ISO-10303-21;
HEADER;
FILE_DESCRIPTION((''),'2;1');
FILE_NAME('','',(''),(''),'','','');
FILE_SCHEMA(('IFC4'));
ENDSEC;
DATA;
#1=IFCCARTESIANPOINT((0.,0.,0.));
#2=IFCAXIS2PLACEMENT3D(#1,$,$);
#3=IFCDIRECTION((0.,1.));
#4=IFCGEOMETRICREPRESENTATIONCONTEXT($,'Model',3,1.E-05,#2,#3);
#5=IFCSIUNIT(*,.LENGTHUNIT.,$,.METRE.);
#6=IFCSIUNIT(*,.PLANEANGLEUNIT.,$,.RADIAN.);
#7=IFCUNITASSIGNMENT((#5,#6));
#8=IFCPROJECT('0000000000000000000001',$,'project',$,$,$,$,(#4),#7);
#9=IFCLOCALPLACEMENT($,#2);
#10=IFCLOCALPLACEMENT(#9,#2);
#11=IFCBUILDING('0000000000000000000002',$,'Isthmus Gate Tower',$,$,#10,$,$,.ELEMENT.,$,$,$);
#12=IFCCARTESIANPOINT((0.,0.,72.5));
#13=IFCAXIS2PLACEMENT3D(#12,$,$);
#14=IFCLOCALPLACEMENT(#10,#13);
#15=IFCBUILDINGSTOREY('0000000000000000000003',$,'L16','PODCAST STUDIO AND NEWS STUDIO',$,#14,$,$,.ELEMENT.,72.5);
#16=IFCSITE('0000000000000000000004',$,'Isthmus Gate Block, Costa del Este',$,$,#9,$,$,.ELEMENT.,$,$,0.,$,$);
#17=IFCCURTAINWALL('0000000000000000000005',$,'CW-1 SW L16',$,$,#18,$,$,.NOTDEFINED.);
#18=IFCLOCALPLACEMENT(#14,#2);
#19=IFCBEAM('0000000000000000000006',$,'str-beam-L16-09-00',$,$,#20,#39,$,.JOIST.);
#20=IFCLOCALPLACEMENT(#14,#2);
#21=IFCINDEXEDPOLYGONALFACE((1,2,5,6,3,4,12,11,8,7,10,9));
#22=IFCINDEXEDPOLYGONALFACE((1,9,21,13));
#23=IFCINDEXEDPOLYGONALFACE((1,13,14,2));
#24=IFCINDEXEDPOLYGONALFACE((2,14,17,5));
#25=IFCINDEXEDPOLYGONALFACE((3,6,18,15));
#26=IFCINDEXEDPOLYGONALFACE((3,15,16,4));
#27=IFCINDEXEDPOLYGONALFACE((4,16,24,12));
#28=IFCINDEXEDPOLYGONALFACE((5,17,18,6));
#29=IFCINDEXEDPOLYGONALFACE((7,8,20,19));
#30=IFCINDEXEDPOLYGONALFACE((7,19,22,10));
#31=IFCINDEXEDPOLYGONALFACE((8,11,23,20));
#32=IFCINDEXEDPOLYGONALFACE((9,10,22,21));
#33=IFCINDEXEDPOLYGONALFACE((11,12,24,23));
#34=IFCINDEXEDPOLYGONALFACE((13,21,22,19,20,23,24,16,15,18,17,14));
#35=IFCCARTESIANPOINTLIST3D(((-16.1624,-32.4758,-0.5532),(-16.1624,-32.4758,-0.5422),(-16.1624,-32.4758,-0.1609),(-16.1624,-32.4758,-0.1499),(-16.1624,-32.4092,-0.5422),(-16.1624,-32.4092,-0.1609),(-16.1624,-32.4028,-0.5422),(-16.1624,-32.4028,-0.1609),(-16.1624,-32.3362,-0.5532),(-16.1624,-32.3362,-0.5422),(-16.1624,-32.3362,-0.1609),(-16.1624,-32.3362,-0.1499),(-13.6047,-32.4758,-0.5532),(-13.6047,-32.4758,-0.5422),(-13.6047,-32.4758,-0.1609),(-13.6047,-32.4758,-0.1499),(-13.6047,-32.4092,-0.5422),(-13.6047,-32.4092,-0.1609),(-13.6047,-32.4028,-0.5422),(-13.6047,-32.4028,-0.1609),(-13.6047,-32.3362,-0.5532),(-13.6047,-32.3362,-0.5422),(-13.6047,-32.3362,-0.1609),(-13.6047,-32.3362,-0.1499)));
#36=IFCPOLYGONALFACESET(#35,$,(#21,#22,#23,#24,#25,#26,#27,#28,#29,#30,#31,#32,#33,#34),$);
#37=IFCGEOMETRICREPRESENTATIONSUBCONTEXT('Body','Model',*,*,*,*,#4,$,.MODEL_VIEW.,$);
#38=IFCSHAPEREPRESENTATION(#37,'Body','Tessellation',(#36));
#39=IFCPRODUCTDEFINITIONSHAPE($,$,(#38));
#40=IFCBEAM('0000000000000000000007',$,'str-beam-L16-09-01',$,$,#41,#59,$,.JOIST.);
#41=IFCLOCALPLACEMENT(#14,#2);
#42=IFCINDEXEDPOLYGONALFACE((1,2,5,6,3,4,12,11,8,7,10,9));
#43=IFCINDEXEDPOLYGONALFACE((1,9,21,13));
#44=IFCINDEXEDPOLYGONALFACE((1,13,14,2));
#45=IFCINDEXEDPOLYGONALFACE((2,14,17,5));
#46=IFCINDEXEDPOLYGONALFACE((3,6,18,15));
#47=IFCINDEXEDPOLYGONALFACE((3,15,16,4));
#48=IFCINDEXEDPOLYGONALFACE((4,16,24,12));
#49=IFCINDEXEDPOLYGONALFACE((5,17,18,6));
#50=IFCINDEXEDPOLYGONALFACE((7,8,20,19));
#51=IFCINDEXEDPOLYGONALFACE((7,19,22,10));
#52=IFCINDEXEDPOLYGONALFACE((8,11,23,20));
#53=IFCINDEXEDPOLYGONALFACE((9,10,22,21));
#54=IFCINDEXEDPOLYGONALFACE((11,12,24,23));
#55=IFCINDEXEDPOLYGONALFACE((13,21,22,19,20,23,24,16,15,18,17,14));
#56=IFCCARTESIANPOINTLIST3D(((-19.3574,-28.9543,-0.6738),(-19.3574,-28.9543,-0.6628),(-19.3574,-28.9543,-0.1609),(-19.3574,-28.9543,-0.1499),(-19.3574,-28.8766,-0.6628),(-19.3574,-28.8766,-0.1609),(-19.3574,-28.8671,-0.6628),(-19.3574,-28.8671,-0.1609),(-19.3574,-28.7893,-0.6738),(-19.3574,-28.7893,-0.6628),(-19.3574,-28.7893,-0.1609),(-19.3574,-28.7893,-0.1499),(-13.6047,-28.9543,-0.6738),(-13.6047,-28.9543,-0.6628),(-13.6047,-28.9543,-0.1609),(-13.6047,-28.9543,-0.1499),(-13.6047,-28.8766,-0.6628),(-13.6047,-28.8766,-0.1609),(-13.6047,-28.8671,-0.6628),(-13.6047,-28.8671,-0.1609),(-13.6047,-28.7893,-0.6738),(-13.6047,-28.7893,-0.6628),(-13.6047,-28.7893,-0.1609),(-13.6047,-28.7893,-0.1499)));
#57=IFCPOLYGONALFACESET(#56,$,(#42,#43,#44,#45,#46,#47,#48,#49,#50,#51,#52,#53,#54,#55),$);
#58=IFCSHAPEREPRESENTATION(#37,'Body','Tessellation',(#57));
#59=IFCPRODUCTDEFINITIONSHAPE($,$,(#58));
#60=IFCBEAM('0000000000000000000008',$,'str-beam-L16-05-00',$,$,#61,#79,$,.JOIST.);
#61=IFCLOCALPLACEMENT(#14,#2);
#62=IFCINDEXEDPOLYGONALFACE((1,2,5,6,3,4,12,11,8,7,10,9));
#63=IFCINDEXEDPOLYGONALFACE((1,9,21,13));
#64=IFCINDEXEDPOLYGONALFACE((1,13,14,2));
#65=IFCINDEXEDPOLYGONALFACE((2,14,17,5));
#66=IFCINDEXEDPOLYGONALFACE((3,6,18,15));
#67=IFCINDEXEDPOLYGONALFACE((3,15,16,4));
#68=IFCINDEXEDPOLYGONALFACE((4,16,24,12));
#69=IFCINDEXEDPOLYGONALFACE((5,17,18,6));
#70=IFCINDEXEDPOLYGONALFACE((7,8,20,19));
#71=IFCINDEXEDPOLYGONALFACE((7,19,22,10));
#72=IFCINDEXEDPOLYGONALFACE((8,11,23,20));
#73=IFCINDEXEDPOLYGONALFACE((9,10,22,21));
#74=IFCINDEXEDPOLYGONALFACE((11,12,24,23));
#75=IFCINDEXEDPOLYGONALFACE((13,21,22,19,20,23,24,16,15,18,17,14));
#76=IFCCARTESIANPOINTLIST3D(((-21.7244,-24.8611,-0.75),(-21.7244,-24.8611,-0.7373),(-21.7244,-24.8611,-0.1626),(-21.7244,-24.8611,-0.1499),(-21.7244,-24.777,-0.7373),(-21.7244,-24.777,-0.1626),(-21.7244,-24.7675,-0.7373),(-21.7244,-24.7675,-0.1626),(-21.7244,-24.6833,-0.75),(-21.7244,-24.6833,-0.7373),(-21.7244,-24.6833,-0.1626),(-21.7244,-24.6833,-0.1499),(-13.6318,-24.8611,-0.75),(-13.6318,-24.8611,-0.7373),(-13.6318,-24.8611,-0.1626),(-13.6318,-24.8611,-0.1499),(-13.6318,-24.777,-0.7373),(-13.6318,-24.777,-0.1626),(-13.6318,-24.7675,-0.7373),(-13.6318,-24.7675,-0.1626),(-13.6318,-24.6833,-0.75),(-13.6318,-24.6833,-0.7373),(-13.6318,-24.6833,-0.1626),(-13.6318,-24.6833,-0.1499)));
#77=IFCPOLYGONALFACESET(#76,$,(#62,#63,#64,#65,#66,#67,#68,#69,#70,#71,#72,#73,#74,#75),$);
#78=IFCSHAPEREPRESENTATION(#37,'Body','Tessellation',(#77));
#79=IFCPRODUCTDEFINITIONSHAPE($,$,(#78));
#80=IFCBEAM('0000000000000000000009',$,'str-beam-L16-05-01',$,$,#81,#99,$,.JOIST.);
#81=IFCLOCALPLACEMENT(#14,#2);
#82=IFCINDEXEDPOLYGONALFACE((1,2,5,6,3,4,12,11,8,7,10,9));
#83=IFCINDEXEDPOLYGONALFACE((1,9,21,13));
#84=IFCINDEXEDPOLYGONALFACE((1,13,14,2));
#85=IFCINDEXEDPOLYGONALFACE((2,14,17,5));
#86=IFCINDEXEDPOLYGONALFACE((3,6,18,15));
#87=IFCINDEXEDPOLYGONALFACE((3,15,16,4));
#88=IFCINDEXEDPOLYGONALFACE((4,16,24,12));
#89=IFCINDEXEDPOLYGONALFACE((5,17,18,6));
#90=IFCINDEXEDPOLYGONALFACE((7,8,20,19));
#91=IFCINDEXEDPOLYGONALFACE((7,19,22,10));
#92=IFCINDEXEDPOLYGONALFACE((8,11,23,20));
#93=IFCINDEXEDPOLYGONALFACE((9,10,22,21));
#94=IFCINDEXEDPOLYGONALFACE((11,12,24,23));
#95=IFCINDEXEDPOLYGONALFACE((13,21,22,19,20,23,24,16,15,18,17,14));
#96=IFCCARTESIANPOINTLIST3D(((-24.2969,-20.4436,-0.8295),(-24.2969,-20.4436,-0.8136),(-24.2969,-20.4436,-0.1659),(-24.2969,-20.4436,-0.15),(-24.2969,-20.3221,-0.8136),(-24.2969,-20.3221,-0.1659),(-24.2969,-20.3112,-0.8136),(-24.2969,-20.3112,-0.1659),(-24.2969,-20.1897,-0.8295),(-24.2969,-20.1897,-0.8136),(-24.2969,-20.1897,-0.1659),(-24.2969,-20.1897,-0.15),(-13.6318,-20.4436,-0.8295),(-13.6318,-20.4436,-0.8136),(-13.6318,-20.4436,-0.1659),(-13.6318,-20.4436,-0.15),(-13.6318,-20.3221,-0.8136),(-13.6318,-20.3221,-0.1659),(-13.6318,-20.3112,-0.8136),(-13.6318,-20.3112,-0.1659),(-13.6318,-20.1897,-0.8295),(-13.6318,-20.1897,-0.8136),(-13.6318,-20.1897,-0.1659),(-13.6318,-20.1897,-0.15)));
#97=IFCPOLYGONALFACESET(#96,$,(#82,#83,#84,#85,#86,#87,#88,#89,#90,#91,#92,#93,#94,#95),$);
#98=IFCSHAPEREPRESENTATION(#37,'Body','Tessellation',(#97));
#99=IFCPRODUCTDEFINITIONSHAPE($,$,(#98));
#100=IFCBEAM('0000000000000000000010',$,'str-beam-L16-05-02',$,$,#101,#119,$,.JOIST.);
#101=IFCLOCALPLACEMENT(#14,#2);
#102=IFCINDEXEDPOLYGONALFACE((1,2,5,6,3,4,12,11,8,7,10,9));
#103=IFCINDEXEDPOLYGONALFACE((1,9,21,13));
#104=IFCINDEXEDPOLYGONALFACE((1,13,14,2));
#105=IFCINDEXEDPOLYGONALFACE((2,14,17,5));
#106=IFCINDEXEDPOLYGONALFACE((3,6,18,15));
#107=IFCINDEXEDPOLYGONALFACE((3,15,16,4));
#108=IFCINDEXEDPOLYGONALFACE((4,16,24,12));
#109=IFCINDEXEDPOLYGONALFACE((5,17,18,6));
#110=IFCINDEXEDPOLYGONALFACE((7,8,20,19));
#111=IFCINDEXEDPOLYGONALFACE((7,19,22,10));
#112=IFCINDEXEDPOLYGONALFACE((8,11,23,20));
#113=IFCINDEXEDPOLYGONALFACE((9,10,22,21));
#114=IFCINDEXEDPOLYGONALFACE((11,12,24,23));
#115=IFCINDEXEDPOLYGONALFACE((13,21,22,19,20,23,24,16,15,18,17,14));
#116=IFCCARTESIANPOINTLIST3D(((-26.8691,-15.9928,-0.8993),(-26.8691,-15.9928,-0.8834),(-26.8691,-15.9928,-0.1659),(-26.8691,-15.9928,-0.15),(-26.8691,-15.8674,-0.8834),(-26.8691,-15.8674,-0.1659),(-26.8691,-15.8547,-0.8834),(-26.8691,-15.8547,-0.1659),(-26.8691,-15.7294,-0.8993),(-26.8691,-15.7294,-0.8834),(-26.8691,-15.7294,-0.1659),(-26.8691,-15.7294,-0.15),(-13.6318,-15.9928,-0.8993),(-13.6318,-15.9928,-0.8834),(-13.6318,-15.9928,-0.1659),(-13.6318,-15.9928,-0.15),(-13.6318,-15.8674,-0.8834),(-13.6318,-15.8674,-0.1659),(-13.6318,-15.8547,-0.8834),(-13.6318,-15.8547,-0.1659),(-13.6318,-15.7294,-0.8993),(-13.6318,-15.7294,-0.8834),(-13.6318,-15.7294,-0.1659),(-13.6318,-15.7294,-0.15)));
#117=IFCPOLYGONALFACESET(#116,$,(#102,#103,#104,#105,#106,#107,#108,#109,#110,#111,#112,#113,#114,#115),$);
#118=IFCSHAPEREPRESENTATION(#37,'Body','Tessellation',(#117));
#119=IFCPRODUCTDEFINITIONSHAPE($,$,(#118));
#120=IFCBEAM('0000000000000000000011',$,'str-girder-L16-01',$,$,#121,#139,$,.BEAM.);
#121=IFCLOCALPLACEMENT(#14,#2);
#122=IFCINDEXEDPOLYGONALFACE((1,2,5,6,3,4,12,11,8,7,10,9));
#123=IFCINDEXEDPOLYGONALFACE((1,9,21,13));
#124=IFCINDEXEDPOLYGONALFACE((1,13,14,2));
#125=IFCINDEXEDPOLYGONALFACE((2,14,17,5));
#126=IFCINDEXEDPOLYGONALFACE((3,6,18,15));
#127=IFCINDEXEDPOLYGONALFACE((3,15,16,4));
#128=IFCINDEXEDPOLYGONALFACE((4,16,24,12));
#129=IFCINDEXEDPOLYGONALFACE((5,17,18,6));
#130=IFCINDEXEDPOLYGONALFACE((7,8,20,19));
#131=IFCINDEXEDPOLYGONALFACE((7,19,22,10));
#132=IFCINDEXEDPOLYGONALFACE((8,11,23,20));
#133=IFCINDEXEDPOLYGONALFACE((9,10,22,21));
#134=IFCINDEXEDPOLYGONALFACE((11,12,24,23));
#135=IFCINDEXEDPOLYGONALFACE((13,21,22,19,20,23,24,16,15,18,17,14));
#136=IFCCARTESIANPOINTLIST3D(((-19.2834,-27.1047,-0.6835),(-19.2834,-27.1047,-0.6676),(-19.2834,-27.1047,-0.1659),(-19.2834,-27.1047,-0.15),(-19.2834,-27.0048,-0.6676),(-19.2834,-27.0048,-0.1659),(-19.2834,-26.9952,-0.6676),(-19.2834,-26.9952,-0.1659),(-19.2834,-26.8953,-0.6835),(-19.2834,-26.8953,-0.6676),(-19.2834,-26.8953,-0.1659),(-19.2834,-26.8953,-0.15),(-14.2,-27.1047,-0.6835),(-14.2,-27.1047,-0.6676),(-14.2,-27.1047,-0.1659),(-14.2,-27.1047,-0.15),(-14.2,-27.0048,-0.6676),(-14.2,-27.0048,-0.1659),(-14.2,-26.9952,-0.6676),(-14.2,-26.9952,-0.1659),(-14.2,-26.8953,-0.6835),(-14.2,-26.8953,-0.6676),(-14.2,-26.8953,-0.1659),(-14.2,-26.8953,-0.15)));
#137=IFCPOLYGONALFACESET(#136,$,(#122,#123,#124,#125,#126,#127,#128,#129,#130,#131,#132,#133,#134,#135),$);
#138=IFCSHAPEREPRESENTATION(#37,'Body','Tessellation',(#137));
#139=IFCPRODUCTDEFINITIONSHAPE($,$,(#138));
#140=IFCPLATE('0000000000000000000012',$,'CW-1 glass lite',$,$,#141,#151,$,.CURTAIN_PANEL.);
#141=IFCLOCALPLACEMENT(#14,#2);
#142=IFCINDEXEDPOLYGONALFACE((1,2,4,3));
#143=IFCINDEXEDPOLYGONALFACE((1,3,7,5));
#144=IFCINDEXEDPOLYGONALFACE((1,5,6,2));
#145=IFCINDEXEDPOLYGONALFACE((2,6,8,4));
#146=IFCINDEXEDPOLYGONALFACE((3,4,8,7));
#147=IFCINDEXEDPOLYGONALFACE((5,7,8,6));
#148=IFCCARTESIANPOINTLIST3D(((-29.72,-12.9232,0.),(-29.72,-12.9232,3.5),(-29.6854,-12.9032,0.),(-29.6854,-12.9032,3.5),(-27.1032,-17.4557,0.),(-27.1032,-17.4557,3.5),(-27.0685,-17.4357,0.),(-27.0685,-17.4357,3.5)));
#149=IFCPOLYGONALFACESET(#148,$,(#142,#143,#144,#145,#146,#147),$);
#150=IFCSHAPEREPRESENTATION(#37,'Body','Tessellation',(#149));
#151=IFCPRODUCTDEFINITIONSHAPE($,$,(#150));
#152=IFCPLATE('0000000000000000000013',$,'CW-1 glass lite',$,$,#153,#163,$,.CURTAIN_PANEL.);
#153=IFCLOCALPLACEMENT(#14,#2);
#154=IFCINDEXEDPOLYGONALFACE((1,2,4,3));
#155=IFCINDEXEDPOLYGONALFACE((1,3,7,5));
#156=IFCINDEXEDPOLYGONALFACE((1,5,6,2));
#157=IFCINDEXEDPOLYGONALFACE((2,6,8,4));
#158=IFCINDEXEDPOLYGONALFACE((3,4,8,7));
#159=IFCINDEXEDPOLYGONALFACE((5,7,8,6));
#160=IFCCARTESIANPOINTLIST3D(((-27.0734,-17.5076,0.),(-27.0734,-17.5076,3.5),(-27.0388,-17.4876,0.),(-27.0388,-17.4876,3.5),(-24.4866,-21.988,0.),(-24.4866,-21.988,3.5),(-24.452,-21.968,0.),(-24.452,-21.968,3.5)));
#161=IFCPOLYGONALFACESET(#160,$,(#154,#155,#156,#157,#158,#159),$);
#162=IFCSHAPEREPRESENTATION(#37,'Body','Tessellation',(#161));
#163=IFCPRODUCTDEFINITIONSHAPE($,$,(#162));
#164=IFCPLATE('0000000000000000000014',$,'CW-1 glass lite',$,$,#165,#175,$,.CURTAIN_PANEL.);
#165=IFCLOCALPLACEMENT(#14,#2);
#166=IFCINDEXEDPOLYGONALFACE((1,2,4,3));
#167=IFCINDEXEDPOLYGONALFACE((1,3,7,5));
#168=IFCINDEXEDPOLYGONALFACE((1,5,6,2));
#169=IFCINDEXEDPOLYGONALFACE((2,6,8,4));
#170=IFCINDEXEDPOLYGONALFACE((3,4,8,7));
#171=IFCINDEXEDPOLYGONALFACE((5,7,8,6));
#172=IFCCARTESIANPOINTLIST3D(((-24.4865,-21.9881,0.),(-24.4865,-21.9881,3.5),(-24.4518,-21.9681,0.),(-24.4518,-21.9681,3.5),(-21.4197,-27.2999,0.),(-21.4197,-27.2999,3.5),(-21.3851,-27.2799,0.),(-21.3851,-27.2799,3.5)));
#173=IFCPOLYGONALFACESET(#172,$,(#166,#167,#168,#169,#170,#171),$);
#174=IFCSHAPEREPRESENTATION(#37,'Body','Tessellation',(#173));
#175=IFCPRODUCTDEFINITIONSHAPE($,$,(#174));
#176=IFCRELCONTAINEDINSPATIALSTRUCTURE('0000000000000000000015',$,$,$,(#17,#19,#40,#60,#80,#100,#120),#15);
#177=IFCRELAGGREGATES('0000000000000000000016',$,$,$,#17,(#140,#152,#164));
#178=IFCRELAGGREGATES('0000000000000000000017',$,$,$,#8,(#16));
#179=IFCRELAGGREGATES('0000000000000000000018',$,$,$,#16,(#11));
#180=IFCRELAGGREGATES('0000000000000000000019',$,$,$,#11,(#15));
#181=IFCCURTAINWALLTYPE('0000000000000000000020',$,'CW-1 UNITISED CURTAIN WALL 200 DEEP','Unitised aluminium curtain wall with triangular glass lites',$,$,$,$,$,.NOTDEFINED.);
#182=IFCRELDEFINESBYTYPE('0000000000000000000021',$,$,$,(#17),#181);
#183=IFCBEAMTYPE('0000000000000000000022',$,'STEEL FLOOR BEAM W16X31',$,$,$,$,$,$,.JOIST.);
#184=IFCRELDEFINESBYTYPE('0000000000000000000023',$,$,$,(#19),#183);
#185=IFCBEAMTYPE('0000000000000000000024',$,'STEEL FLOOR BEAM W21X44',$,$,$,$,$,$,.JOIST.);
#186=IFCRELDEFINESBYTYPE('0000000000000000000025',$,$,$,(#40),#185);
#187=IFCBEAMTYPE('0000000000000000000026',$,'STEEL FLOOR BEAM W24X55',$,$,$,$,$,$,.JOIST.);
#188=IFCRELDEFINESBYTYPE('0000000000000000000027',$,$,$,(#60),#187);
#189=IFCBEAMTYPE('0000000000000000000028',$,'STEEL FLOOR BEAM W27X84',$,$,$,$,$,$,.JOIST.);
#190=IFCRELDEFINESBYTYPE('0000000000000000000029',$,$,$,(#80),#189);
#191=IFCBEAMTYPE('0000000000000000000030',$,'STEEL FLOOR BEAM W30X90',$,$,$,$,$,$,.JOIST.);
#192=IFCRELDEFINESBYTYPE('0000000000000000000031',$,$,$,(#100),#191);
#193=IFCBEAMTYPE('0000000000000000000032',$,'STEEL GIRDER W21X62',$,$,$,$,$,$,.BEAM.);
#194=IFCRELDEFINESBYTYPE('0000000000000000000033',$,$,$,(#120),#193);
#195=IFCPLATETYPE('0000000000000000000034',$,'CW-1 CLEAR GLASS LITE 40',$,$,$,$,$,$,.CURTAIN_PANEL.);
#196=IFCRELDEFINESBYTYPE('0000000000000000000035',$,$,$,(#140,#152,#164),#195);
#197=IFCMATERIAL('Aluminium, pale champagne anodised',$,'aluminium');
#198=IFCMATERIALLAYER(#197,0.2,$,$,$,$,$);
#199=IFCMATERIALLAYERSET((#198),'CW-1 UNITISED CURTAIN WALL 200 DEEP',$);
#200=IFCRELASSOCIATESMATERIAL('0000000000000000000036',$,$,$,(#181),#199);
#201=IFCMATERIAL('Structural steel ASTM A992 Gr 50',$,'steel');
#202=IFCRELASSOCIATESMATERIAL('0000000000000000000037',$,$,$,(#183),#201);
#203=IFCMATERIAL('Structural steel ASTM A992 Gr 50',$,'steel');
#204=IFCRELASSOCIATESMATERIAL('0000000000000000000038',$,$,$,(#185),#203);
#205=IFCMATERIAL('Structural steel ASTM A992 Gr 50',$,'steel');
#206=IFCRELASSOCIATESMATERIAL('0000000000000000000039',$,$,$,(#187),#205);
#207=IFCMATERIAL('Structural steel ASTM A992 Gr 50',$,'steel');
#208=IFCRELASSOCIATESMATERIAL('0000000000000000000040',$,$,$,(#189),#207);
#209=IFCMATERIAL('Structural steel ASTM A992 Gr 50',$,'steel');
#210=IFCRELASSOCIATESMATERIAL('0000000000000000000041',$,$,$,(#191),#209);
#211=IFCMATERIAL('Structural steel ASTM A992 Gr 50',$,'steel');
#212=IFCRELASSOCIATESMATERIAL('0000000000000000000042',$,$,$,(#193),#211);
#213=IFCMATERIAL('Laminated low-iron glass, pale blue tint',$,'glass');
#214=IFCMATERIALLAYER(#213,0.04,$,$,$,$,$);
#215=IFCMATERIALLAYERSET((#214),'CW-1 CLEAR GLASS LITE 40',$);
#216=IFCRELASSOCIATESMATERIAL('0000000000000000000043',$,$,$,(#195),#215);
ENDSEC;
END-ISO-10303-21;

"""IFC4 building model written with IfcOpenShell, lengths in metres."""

from ifc_helpers import new_model, si_unit, direction, frame, origin, origin_2d, place, context, subcontext, project, spatial, rectangle, i_section, extrude, material, layer, layer_set, material_profile, profile_set, type_object, element, aggregate, save


model = new_model("IFC4")

# Units and contexts
model_context = context("Model", 3, precision=1e-05, world=origin(), true_north=direction((0.0, 1.0)))
body_context = subcontext(model_context, "Body", "Model", "MODEL_VIEW")
ifc_project = project(units=[si_unit("LENGTHUNIT", "METRE"), si_unit("PLANEANGLEUNIT", "RADIAN")], contexts=[model_context])

# Site, building, storey
site_placement = place(None, origin())
site = spatial("IfcSite", under=ifc_project, at=site_placement, Name="Isthmus Gate Block, Costa del Este", CompositionType="ELEMENT", RefElevation=0.0)
building_placement = place(site_placement, origin())
building = spatial("IfcBuilding", under=site, at=building_placement, Name="Isthmus Gate Tower", CompositionType="ELEMENT")
storey_placement = place(building_placement, frame((0.0, 0.0, 72.5)))
storey = spatial("IfcBuildingStorey", under=building, at=storey_placement, Name="L16", Description="PODCAST STUDIO AND NEWS STUDIO", CompositionType="ELEMENT", Elevation=72.5)

# Curtain wall
ifc_material_1 = material(Name="Aluminium, pale champagne anodised", Category="aluminium")
ifc_layer_1 = layer(ifc_material_1, 0.2)
ifc_layer_set_1 = layer_set([ifc_layer_1], Name="CW-1 UNITISED CURTAIN WALL 200 DEEP")
curtain_wall_type = type_object("IfcCurtainWallType", Name="CW-1 UNITISED CURTAIN WALL 200 DEEP", Description="Unitised aluminium curtain wall with triangular glass lites", PredefinedType="NOTDEFINED", material=ifc_layer_set_1)
curtain_wall_1_placement = place(storey_placement, origin())
curtain_wall_1 = element("IfcCurtainWall", 1, at=curtain_wall_1_placement, inside=storey, type_object=curtain_wall_type, Name="CW-1 SW L16", PredefinedType="NOTDEFINED")

# Beams
ifc_material_2 = material(Name="Structural steel ASTM A992 Gr 50", Category="steel")
ifc_material_profile_1 = material_profile(ifc_material_2, i_section(OverallWidth=0.1396, OverallDepth=0.4033, WebThickness=0.0063, FlangeThickness=0.011, at=origin_2d()), Name="W16X31")
ifc_profile_set_1 = profile_set([ifc_material_profile_1], Name="Structural steel ASTM A992 Gr 50")
beam_type_1 = type_object("IfcBeamType", Name="STEEL FLOOR BEAM W16X31", PredefinedType="JOIST", material=ifc_profile_set_1)
beam_1_placement = place(storey_placement, frame((-16.1624, -32.406, -0.3516), z_axis=(1.0, 0.0, 0.0), x_axis=(0.0, 1.0, 0.0)))
element("IfcBeam", 2, at=beam_1_placement, inside=storey, type_object=beam_type_1, Name="str-beam-L16-09-00", PredefinedType="JOIST", context=body_context, shape_type="SweptSolid", body=[
    extrude(i_section(OverallWidth=0.1396, OverallDepth=0.4033, WebThickness=0.0063, FlangeThickness=0.011, at=origin_2d()), origin(), (0.0, 0.0, 1.0), 2.5576),
])
ifc_material_3 = material(Name="Structural steel ASTM A992 Gr 50", Category="steel")
ifc_material_profile_2 = material_profile(ifc_material_3, i_section(OverallWidth=0.165, OverallDepth=0.5239, WebThickness=0.0095, FlangeThickness=0.011, at=origin_2d()), Name="W21X44")
ifc_profile_set_2 = profile_set([ifc_material_profile_2], Name="Structural steel ASTM A992 Gr 50")
beam_type_2 = type_object("IfcBeamType", Name="STEEL FLOOR BEAM W21X44", PredefinedType="JOIST", material=ifc_profile_set_2)
beam_2_placement = place(storey_placement, frame((-19.3574, -28.8718, -0.4119), z_axis=(1.0, 0.0, 0.0), x_axis=(0.0, 1.0, 0.0)))
element("IfcBeam", 3, at=beam_2_placement, inside=storey, type_object=beam_type_2, Name="str-beam-L16-09-01", PredefinedType="JOIST", context=body_context, shape_type="SweptSolid", body=[
    extrude(i_section(OverallWidth=0.165, OverallDepth=0.5239, WebThickness=0.0095, FlangeThickness=0.011, at=origin_2d()), origin(), (0.0, 0.0, 1.0), 5.7527),
])
ifc_material_4 = material(Name="Structural steel ASTM A992 Gr 50", Category="steel")
ifc_material_profile_3 = material_profile(ifc_material_4, i_section(OverallWidth=0.1777, OverallDepth=0.6001, WebThickness=0.0095, FlangeThickness=0.0127, at=origin_2d()), Name="W24X55")
ifc_profile_set_3 = profile_set([ifc_material_profile_3], Name="Structural steel ASTM A992 Gr 50")
beam_type_3 = type_object("IfcBeamType", Name="STEEL FLOOR BEAM W24X55", PredefinedType="JOIST", material=ifc_profile_set_3)
beam_3_placement = place(storey_placement, frame((-21.7244, -24.7722, -0.45), z_axis=(1.0, 0.0, 0.0), x_axis=(0.0, 1.0, 0.0)))
element("IfcBeam", 4, at=beam_3_placement, inside=storey, type_object=beam_type_3, Name="str-beam-L16-05-00", PredefinedType="JOIST", context=body_context, shape_type="SweptSolid", body=[
    extrude(i_section(OverallWidth=0.1777, OverallDepth=0.6001, WebThickness=0.0095, FlangeThickness=0.0127, at=origin_2d()), origin(), (0.0, 0.0, 1.0), 8.0925),
])
ifc_material_5 = material(Name="Structural steel ASTM A992 Gr 50", Category="steel")
ifc_material_profile_4 = material_profile(ifc_material_5, i_section(OverallWidth=0.2539, OverallDepth=0.6794, WebThickness=0.011, FlangeThickness=0.0159, at=origin_2d()), Name="W27X84")
ifc_profile_set_4 = profile_set([ifc_material_profile_4], Name="Structural steel ASTM A992 Gr 50")
beam_type_4 = type_object("IfcBeamType", Name="STEEL FLOOR BEAM W27X84", PredefinedType="JOIST", material=ifc_profile_set_4)
beam_4_placement = place(storey_placement, frame((-24.2969, -20.3167, -0.4897), z_axis=(1.0, 0.0, 0.0), x_axis=(0.0, 1.0, 0.0)))
element("IfcBeam", 5, at=beam_4_placement, inside=storey, type_object=beam_type_4, Name="str-beam-L16-05-01", PredefinedType="JOIST", context=body_context, shape_type="SweptSolid", body=[
    extrude(i_section(OverallWidth=0.2539, OverallDepth=0.6794, WebThickness=0.011, FlangeThickness=0.0159, at=origin_2d()), origin(), (0.0, 0.0, 1.0), 10.665),
])
ifc_material_6 = material(Name="Structural steel ASTM A992 Gr 50", Category="steel")
ifc_material_profile_5 = material_profile(ifc_material_6, i_section(OverallWidth=0.2634, OverallDepth=0.7493, WebThickness=0.0127, FlangeThickness=0.0159, at=origin_2d()), Name="W30X90")
ifc_profile_set_5 = profile_set([ifc_material_profile_5], Name="Structural steel ASTM A992 Gr 50")
beam_type_5 = type_object("IfcBeamType", Name="STEEL FLOOR BEAM W30X90", PredefinedType="JOIST", material=ifc_profile_set_5)
beam_5_placement = place(storey_placement, frame((-26.8691, -15.8611, -0.5247), z_axis=(1.0, 0.0, 0.0), x_axis=(0.0, 1.0, 0.0)))
element("IfcBeam", 6, at=beam_5_placement, inside=storey, type_object=beam_type_5, Name="str-beam-L16-05-02", PredefinedType="JOIST", context=body_context, shape_type="SweptSolid", body=[
    extrude(i_section(OverallWidth=0.2634, OverallDepth=0.7493, WebThickness=0.0127, FlangeThickness=0.0159, at=origin_2d()), origin(), (0.0, 0.0, 1.0), 13.2373),
])
ifc_material_7 = material(Name="Structural steel ASTM A992 Gr 50", Category="steel")
ifc_material_profile_6 = material_profile(ifc_material_7, i_section(OverallWidth=0.2095, OverallDepth=0.5334, WebThickness=0.0095, FlangeThickness=0.0159, at=origin_2d()), Name="W21X62")
ifc_profile_set_6 = profile_set([ifc_material_profile_6], Name="Structural steel ASTM A992 Gr 50")
beam_type_6 = type_object("IfcBeamType", Name="STEEL GIRDER W21X62", PredefinedType="BEAM", material=ifc_profile_set_6)
beam_6_placement = place(storey_placement, frame((-19.2834, -27.0, -0.4167), z_axis=(1.0, 0.0, 0.0), x_axis=(0.0, 1.0, 0.0)))
element("IfcBeam", 7, at=beam_6_placement, inside=storey, type_object=beam_type_6, Name="str-girder-L16-01", PredefinedType="BEAM", context=body_context, shape_type="SweptSolid", body=[
    extrude(i_section(OverallWidth=0.2095, OverallDepth=0.5334, WebThickness=0.0095, FlangeThickness=0.0159, at=origin_2d()), origin(), (0.0, 0.0, 1.0), 5.0835),
])

# Plates
ifc_material_8 = material(Name="Laminated low-iron glass, pale blue tint", Category="glass")
ifc_layer_2 = layer(ifc_material_8, 0.04)
ifc_layer_set_2 = layer_set([ifc_layer_2], Name="CW-1 CLEAR GLASS LITE 40")
plate_type = type_object("IfcPlateType", Name="CW-1 CLEAR GLASS LITE 40", PredefinedType="CURTAIN_PANEL", material=ifc_layer_set_2)
plate_1_placement = place(storey_placement, frame((-28.3943, -15.1794, 0.0), z_axis=(0.0, 0.0, 1.0), x_axis=(0.5, -0.866025, 0.0)))
plate_1 = element("IfcPlate", 8, at=plate_1_placement, type_object=plate_type, Name="CW-1 glass lite", PredefinedType="CURTAIN_PANEL", context=body_context, shape_type="SweptSolid", body=[
    extrude(rectangle(XDim=5.2336, YDim=0.04, at=origin_2d()), origin(), (0.0, 0.0, 1.0), 3.5),
])
plate_2_placement = place(storey_placement, frame((-25.7627, -19.7378, 0.0), z_axis=(0.0, 0.0, 1.0), x_axis=(0.5, -0.866025, 0.0)))
plate_2 = element("IfcPlate", 9, at=plate_2_placement, type_object=plate_type, Name="CW-1 glass lite", PredefinedType="CURTAIN_PANEL", context=body_context, shape_type="SweptSolid", body=[
    extrude(rectangle(XDim=5.1736, YDim=0.04, at=origin_2d()), origin(), (0.0, 0.0, 1.0), 3.5),
])
plate_3_placement = place(storey_placement, frame((-22.9358, -24.634, 0.0), z_axis=(0.0, 0.0, 1.0), x_axis=(0.5, -0.866025, 0.0)))
plate_3 = element("IfcPlate", 10, at=plate_3_placement, type_object=plate_type, Name="CW-1 glass lite", PredefinedType="CURTAIN_PANEL", context=body_context, shape_type="SweptSolid", body=[
    extrude(rectangle(XDim=6.1335, YDim=0.04, at=origin_2d()), origin(), (0.0, 0.0, 1.0), 3.5),
])
aggregate(curtain_wall_1, [plate_1, plate_2, plate_3])

save(model, "model.ifc")
